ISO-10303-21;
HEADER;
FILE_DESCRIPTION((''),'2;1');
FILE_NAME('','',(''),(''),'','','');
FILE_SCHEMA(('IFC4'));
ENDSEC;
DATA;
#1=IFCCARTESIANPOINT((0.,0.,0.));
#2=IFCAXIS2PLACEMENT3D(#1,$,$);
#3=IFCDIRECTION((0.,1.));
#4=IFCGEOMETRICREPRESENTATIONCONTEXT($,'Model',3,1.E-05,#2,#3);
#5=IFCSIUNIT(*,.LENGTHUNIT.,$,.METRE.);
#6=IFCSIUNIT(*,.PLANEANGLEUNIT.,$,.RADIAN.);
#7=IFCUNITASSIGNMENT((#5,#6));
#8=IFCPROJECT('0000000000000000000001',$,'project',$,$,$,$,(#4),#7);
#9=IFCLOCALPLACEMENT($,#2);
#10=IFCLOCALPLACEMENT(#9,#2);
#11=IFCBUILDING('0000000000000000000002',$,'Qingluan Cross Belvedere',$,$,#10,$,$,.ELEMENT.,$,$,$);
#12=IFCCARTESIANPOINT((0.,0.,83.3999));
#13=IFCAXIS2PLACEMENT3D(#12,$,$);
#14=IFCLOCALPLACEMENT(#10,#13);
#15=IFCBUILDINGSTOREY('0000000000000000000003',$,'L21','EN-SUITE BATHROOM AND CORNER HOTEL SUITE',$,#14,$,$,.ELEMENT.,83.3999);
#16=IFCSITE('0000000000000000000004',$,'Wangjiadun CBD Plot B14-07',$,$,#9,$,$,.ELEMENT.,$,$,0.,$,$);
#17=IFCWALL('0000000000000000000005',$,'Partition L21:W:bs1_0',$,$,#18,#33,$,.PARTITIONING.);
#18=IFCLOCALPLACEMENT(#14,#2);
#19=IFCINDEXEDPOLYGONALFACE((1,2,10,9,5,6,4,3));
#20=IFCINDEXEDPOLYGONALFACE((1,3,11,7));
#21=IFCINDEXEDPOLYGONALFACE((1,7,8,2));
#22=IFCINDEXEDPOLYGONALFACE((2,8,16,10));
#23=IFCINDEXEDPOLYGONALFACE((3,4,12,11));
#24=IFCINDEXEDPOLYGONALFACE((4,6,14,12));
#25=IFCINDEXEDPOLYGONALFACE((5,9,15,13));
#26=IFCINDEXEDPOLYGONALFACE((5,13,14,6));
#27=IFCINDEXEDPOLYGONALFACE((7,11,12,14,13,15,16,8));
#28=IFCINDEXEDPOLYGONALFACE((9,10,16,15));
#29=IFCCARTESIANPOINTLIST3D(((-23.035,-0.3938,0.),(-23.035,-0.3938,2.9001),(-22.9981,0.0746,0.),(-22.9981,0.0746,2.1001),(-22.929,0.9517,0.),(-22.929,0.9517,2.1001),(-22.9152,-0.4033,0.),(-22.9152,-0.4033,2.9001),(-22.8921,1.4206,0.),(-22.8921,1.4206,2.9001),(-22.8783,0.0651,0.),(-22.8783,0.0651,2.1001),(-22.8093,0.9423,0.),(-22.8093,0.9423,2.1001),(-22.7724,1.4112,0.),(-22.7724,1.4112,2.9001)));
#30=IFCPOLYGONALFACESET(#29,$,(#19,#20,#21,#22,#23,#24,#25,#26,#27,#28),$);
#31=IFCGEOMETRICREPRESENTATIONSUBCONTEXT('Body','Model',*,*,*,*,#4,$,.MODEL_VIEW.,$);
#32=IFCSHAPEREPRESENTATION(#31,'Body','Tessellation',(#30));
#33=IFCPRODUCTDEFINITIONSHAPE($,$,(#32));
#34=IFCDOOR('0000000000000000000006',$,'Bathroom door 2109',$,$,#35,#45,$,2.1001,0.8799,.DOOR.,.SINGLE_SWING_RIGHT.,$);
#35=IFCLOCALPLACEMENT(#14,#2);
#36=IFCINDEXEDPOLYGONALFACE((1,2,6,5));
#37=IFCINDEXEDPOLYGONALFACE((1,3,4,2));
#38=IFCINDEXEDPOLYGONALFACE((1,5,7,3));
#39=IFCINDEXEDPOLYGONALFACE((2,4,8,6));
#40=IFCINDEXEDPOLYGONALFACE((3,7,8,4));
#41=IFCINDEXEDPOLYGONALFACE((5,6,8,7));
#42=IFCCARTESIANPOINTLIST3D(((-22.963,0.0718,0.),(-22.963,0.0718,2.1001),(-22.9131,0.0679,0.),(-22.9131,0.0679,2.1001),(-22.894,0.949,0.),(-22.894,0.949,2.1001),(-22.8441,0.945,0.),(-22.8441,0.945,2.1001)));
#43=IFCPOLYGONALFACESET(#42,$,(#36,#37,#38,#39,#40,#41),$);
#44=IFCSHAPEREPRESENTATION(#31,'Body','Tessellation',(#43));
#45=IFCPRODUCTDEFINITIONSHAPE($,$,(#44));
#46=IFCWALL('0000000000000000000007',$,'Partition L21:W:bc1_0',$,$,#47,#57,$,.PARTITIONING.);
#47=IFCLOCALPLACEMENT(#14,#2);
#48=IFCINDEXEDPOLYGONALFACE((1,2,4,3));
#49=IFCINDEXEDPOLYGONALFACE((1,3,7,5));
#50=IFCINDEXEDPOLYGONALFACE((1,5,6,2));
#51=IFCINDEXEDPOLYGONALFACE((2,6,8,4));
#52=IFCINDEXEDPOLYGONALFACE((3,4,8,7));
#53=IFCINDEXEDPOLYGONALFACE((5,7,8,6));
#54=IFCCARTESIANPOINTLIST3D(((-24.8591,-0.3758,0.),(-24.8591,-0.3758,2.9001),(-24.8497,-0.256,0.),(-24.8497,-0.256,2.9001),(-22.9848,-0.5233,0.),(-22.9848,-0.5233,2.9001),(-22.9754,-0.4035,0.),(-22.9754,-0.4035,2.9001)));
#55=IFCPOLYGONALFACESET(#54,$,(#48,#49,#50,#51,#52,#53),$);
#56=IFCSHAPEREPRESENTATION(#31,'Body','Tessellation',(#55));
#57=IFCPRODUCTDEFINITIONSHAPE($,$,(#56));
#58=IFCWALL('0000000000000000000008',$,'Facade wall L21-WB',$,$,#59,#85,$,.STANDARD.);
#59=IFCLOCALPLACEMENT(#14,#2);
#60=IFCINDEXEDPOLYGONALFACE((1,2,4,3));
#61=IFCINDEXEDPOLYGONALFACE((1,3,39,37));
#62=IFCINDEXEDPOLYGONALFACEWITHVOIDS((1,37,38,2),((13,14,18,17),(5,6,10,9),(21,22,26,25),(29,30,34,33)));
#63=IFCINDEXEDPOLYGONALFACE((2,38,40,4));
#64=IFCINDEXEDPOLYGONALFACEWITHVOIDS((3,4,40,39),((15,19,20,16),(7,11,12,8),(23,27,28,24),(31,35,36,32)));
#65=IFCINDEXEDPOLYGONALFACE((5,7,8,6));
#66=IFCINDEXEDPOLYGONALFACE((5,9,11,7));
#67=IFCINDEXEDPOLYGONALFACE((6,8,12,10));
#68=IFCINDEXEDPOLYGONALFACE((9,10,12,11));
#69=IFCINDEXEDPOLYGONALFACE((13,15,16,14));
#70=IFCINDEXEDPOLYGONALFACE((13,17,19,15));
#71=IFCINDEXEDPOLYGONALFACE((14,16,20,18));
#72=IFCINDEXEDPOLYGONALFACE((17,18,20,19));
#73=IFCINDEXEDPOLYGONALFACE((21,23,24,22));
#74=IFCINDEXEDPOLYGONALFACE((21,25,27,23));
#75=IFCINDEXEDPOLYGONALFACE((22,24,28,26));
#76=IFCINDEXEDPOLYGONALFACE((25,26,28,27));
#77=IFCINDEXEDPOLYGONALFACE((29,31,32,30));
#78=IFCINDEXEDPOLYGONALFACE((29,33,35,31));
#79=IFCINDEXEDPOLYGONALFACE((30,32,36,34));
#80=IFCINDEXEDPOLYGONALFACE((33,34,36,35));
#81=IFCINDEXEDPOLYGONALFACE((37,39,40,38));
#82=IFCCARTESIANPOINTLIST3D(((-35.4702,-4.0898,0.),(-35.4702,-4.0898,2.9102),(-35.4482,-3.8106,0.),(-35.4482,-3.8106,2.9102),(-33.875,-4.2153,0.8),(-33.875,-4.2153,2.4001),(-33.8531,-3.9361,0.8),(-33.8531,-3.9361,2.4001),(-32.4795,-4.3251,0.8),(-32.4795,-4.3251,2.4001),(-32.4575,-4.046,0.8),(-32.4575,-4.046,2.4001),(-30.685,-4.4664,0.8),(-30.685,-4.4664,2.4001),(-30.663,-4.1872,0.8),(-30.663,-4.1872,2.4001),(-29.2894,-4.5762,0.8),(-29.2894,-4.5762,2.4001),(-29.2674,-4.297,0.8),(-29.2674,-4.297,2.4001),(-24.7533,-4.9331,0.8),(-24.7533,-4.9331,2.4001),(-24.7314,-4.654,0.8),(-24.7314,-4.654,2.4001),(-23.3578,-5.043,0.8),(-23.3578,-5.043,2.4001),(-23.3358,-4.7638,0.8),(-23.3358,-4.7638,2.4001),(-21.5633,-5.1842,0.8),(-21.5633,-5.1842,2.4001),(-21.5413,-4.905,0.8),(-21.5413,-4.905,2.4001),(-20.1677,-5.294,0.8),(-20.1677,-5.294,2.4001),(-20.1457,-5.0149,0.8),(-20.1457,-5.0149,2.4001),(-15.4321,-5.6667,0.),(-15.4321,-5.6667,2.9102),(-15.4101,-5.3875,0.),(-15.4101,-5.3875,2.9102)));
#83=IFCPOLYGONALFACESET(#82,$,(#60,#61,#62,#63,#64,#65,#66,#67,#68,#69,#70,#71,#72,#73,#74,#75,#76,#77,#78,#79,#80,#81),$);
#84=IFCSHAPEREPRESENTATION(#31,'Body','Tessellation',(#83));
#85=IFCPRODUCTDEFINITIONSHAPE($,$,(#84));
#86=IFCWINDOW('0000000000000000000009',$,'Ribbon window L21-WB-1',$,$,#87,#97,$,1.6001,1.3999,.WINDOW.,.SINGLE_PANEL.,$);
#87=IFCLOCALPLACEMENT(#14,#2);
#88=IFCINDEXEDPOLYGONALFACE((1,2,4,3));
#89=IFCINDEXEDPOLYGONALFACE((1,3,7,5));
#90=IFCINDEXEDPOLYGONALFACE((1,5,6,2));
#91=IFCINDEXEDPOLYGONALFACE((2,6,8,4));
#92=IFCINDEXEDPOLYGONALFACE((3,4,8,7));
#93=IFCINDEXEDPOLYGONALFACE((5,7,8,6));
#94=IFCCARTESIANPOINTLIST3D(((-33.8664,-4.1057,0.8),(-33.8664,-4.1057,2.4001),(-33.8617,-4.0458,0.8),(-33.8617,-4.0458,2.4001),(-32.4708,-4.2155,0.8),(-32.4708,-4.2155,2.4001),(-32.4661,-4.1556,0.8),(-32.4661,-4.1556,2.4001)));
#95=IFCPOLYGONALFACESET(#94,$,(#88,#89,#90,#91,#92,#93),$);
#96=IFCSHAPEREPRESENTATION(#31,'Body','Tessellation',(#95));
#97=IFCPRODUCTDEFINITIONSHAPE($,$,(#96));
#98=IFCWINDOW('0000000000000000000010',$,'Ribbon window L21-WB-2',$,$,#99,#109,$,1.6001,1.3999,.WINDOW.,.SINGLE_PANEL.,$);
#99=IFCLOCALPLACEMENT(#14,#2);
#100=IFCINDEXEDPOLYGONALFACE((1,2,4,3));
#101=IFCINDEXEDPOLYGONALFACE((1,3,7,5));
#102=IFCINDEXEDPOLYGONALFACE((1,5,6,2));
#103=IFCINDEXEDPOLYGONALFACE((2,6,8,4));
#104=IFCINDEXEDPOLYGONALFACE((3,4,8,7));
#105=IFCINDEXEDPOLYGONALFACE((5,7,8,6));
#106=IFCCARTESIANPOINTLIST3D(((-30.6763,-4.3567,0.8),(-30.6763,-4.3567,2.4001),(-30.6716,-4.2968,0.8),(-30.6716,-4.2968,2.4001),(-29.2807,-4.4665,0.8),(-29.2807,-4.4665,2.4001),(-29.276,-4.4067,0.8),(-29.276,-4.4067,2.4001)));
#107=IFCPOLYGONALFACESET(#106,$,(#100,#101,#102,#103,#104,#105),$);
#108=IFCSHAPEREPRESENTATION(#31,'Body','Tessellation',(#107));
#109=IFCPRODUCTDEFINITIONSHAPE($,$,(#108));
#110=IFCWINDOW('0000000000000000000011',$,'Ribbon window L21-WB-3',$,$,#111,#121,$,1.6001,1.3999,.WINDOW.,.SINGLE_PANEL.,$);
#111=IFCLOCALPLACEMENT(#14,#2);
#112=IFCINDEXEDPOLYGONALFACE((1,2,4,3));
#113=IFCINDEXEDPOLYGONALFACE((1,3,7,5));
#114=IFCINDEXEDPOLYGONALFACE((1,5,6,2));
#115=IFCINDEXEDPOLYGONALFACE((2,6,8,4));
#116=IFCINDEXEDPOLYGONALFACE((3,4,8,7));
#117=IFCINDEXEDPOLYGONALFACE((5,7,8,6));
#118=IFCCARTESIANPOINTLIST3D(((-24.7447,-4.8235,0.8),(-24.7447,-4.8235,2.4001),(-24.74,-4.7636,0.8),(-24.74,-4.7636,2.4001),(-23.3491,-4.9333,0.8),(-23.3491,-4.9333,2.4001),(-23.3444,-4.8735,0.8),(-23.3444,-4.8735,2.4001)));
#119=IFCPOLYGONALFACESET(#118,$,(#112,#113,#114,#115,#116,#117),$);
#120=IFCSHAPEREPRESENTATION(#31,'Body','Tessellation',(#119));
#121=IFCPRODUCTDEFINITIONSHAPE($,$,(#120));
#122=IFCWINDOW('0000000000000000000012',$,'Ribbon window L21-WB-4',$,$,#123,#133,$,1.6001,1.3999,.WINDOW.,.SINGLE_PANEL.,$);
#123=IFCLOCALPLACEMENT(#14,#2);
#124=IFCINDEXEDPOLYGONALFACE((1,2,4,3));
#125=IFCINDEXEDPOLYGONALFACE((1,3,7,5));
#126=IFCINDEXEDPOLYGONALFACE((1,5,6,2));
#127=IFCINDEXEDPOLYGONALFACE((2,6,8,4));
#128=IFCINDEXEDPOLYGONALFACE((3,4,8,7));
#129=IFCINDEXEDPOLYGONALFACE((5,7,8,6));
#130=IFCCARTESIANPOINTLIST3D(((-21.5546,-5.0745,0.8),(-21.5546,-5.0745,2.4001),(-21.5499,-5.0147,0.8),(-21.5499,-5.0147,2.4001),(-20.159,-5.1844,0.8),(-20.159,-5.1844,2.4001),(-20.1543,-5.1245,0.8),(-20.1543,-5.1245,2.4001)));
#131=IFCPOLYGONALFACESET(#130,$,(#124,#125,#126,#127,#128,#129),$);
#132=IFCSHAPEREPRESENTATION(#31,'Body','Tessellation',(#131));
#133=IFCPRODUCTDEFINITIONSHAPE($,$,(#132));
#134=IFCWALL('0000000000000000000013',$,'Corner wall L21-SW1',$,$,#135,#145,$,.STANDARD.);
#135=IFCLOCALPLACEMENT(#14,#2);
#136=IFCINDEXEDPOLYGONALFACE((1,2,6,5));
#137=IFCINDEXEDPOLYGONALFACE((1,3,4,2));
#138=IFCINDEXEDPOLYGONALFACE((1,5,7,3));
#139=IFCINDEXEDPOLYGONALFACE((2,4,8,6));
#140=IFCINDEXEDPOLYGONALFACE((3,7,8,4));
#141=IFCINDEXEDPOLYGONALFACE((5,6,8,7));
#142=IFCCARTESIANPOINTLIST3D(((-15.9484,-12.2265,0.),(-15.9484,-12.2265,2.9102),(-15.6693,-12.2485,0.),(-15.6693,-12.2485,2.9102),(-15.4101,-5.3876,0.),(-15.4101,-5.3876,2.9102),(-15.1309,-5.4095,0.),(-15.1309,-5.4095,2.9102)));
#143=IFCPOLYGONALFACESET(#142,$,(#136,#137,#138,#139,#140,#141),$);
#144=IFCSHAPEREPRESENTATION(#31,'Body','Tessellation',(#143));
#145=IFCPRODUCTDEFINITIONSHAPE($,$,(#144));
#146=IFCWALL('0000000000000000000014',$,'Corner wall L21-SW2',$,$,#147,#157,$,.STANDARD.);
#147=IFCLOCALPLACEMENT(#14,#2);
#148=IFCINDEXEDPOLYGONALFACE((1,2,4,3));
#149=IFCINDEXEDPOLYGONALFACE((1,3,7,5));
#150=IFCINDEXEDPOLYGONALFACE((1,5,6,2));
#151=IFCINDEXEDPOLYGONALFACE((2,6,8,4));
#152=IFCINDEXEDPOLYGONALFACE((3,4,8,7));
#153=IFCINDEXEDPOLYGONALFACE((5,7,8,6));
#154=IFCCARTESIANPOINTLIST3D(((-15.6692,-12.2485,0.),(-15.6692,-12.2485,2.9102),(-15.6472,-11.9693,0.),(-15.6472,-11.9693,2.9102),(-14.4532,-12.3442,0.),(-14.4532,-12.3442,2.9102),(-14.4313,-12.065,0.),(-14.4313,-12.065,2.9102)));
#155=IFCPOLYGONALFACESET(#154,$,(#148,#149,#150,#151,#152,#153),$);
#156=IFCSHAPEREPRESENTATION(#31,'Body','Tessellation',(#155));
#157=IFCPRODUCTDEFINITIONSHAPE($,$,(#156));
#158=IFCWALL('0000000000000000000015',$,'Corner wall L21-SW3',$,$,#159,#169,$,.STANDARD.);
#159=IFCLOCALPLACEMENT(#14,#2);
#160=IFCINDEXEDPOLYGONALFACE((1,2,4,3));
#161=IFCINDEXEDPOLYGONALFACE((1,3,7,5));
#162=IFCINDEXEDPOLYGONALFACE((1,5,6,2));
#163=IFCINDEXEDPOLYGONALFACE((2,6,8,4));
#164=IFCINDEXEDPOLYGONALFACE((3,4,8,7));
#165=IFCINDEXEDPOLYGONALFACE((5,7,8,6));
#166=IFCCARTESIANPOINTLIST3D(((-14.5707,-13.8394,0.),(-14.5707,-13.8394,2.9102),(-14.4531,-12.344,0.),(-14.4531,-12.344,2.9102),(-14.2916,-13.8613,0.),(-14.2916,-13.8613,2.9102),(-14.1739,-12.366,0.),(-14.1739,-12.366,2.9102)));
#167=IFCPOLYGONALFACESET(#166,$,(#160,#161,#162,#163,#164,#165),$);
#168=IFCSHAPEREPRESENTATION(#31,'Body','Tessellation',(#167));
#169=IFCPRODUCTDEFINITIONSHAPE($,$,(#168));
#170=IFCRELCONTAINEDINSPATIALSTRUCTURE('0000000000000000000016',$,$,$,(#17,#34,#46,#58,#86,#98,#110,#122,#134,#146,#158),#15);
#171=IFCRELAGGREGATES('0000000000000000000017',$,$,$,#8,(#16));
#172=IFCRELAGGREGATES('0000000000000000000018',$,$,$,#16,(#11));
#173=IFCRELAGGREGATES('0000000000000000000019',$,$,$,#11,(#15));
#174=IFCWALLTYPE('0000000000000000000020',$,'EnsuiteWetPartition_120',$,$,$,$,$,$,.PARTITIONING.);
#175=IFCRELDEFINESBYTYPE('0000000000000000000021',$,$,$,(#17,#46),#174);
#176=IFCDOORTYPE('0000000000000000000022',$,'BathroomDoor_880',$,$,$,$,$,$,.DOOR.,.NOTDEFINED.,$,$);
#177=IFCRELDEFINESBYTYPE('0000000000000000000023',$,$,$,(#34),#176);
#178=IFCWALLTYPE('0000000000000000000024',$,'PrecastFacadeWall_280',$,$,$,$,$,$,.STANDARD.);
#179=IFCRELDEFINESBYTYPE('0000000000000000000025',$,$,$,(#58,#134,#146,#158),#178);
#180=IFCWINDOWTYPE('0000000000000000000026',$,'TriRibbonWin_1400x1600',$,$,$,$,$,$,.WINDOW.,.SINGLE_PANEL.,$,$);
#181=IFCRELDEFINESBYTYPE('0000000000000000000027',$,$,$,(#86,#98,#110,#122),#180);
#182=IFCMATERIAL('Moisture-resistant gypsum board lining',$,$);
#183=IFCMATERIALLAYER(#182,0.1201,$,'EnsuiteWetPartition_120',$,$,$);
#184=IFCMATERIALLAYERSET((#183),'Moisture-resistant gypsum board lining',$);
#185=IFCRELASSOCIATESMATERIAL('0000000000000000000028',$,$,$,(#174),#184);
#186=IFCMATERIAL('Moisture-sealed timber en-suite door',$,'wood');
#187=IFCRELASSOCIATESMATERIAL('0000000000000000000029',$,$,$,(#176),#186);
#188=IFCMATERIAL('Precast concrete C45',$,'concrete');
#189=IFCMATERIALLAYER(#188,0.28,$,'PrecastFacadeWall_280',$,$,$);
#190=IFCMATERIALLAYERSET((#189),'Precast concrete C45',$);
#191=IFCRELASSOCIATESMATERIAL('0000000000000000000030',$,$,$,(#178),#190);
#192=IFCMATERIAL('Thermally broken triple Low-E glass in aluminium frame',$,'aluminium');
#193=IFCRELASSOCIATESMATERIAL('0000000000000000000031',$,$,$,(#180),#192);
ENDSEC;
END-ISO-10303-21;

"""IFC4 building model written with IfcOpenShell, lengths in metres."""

from ifc_helpers import new_model, si_unit, direction, frame, frame_2d, origin, place, context, subcontext, project, spatial, rectangle, extrude, material, layer, layer_set, type_object, element, fill, save


model = new_model("IFC4")

# Units and contexts
model_context = context("Model", 3, precision=1e-05, world=origin(), true_north=direction((0.0, 1.0)))
body_context = subcontext(model_context, "Body", "Model", "MODEL_VIEW")
ifc_project = project(units=[si_unit("LENGTHUNIT", "METRE"), si_unit("PLANEANGLEUNIT", "RADIAN")], contexts=[model_context])

# Site, building, storey
site_placement = place(None, origin())
site = spatial("IfcSite", under=ifc_project, at=site_placement, Name="Wangjiadun CBD Plot B14-07", CompositionType="ELEMENT", RefElevation=0.0)
building_placement = place(site_placement, origin())
building = spatial("IfcBuilding", under=site, at=building_placement, Name="Qingluan Cross Belvedere", CompositionType="ELEMENT")
storey_placement = place(building_placement, frame((0.0, 0.0, 83.3999)))
storey = spatial("IfcBuildingStorey", under=building, at=storey_placement, Name="L21", Description="EN-SUITE BATHROOM AND CORNER HOTEL SUITE", CompositionType="ELEMENT", Elevation=83.3999)

# Wall, opening, door
ifc_material_1 = material(Name="Moisture-resistant gypsum board lining")
ifc_layer_1 = layer(ifc_material_1, 0.1201, Name="EnsuiteWetPartition_120")
ifc_layer_set_1 = layer_set([ifc_layer_1], Name="Moisture-resistant gypsum board lining")
wall_type_1 = type_object("IfcWallType", Name="EnsuiteWetPartition_120", PredefinedType="PARTITIONING", material=ifc_layer_set_1)
wall_1_placement = place(storey_placement, frame((-22.9751, -0.3987, 0.0), z_axis=(0.0, 0.0, 1.0), x_axis=(0.078471, 0.996916, 0.0)))
wall_1 = element("IfcWall", 1, at=wall_1_placement, inside=storey, type_object=wall_type_1, Name="Partition L21:W:bs1_0", PredefinedType="PARTITIONING", context=body_context, shape_type="SweptSolid", body=[
    extrude(rectangle(XDim=1.8201, YDim=0.1201, at=frame_2d((0.9102, 0.0))), origin(), (0.0, 0.0, 1.0), 2.9001),
])
opening_1_placement = place(wall_1_placement, frame((0.47, 0.0, 0.0)))
opening_1 = element("IfcOpeningElement", 2, at=opening_1_placement, cuts=wall_1, PredefinedType="OPENING", context=body_context, shape_type="SweptSolid", body=[
    extrude(rectangle(XDim=0.8799, YDim=2.1001, at=frame_2d((0.4399, 1.05))), frame((0.0, 0.0701, 0.0), z_axis=(0.0, -1.0, 0.0), x_axis=(1.0, 0.0, 0.0)), (0.0, 0.0, 1.0), 0.1401),
])
ifc_material_2 = material(Name="Moisture-sealed timber en-suite door", Category="wood")
door_type_1 = type_object("IfcDoorType", Name="BathroomDoor_880", OperationType="NOTDEFINED", PredefinedType="DOOR", material=ifc_material_2)
door_1_placement = place(opening_1_placement, origin())
door_1 = element("IfcDoor", 3, at=door_1_placement, inside=storey, type_object=door_type_1, Name="Bathroom door 2109", OperationType="SINGLE_SWING_RIGHT", OverallHeight=2.1001, OverallWidth=0.8799, PredefinedType="DOOR", context=body_context, shape_type="SweptSolid", body=[
    extrude(rectangle(XDim=0.8799, YDim=2.1001, at=frame_2d((0.4399, 1.05))), frame((0.0, 0.0249, 0.0), z_axis=(0.0, -1.0, 0.0), x_axis=(1.0, 0.0, 0.0)), (0.0, 0.0, 1.0), 0.05),
])
fill(opening_1, door_1)

# Wall
wall_2_placement = place(storey_placement, frame((-22.9802, -0.4634, 0.0), z_axis=(0.0, 0.0, 1.0), x_axis=(-0.996919, 0.078434, 0.0)))
element("IfcWall", 4, at=wall_2_placement, inside=storey, type_object=wall_type_1, Name="Partition L21:W:bc1_0", PredefinedType="PARTITIONING", context=body_context, shape_type="SweptSolid", body=[
    extrude(rectangle(XDim=1.8801, YDim=0.1201, at=frame_2d((0.9399, 0.0))), origin(), (0.0, 0.0, 1.0), 2.9001),
])

# Wall, openings, windows
ifc_material_3 = material(Name="Precast concrete C45", Category="concrete")
ifc_layer_2 = layer(ifc_material_3, 0.28, Name="PrecastFacadeWall_280")
ifc_layer_set_2 = layer_set([ifc_layer_2], Name="Precast concrete C45")
wall_type_2 = type_object("IfcWallType", Name="PrecastFacadeWall_280", PredefinedType="STANDARD", material=ifc_layer_set_2)
wall_3_placement = place(storey_placement, frame((-35.4592, -3.9502, 0.0), z_axis=(0.0, 0.0, 1.0), x_axis=(0.996918, -0.078453, 0.0)))
wall_3 = element("IfcWall", 5, at=wall_3_placement, inside=storey, type_object=wall_type_2, Name="Facade wall L21-WB", PredefinedType="STANDARD", context=body_context, shape_type="SweptSolid", body=[
    extrude(rectangle(XDim=20.1001, YDim=0.28, at=frame_2d((10.05, 0.0))), origin(), (0.0, 0.0, 1.0), 2.9102),
])
opening_2_placement = place(wall_3_placement, frame((1.6001, 0.0, 0.8)))
opening_2 = element("IfcOpeningElement", 6, at=opening_2_placement, cuts=wall_3, PredefinedType="OPENING", context=body_context, shape_type="SweptSolid", body=[
    extrude(rectangle(XDim=1.3999, YDim=1.6001, at=frame_2d((0.7, 0.8))), frame((0.0, 0.1499, 0.0), z_axis=(0.0, -1.0, 0.0), x_axis=(1.0, 0.0, 0.0)), (0.0, 0.0, 1.0), 0.3),
])
opening_3_placement = place(wall_3_placement, frame((4.8, 0.0, 0.8)))
opening_3 = element("IfcOpeningElement", 7, at=opening_3_placement, cuts=wall_3, PredefinedType="OPENING", context=body_context, shape_type="SweptSolid", body=[
    extrude(rectangle(XDim=1.3999, YDim=1.6001, at=frame_2d((0.7, 0.8))), frame((0.0, 0.1499, 0.0), z_axis=(0.0, -1.0, 0.0), x_axis=(1.0, 0.0, 0.0)), (0.0, 0.0, 1.0), 0.3),
])
opening_4_placement = place(wall_3_placement, frame((10.75, 0.0, 0.8)))
opening_4 = element("IfcOpeningElement", 8, at=opening_4_placement, cuts=wall_3, PredefinedType="OPENING", context=body_context, shape_type="SweptSolid", body=[
    extrude(rectangle(XDim=1.3999, YDim=1.6001, at=frame_2d((0.7, 0.8))), frame((0.0, 0.1499, 0.0), z_axis=(0.0, -1.0, 0.0), x_axis=(1.0, 0.0, 0.0)), (0.0, 0.0, 1.0), 0.3),
])
opening_5_placement = place(wall_3_placement, frame((13.95, 0.0, 0.8)))
opening_5 = element("IfcOpeningElement", 9, at=opening_5_placement, cuts=wall_3, PredefinedType="OPENING", context=body_context, shape_type="SweptSolid", body=[
    extrude(rectangle(XDim=1.3999, YDim=1.6001, at=frame_2d((0.7, 0.8))), frame((0.0, 0.1499, 0.0), z_axis=(0.0, -1.0, 0.0), x_axis=(1.0, 0.0, 0.0)), (0.0, 0.0, 1.0), 0.3),
])
ifc_material_4 = material(Name="Thermally broken triple Low-E glass in aluminium frame", Category="aluminium")
window_type = type_object("IfcWindowType", Name="TriRibbonWin_1400x1600", PartitioningType="SINGLE_PANEL", PredefinedType="WINDOW", material=ifc_material_4)
window_1_placement = place(opening_2_placement, origin())
window_1 = element("IfcWindow", 10, at=window_1_placement, inside=storey, type_object=window_type, Name="Ribbon window L21-WB-1", OverallHeight=1.6001, OverallWidth=1.3999, PartitioningType="SINGLE_PANEL", PredefinedType="WINDOW", context=body_context, shape_type="SweptSolid", body=[
    extrude(rectangle(XDim=1.3999, YDim=1.6001, at=frame_2d((0.7, 0.8))), frame((0.0, 0.03, 0.0), z_axis=(0.0, -1.0, 0.0), x_axis=(1.0, 0.0, 0.0)), (0.0, 0.0, 1.0), 0.0601),
])
fill(opening_2, window_1)
window_2_placement = place(opening_3_placement, origin())
window_2 = element("IfcWindow", 11, at=window_2_placement, inside=storey, type_object=window_type, Name="Ribbon window L21-WB-2", OverallHeight=1.6001, OverallWidth=1.3999, PartitioningType="SINGLE_PANEL", PredefinedType="WINDOW", context=body_context, shape_type="SweptSolid", body=[
    extrude(rectangle(XDim=1.3999, YDim=1.6001, at=frame_2d((0.7, 0.8))), frame((0.0, 0.03, 0.0), z_axis=(0.0, -1.0, 0.0), x_axis=(1.0, 0.0, 0.0)), (0.0, 0.0, 1.0), 0.0601),
])
fill(opening_3, window_2)
window_3_placement = place(opening_4_placement, origin())
window_3 = element("IfcWindow", 12, at=window_3_placement, inside=storey, type_object=window_type, Name="Ribbon window L21-WB-3", OverallHeight=1.6001, OverallWidth=1.3999, PartitioningType="SINGLE_PANEL", PredefinedType="WINDOW", context=body_context, shape_type="SweptSolid", body=[
    extrude(rectangle(XDim=1.3999, YDim=1.6001, at=frame_2d((0.7, 0.8))), frame((0.0, 0.03, 0.0), z_axis=(0.0, -1.0, 0.0), x_axis=(1.0, 0.0, 0.0)), (0.0, 0.0, 1.0), 0.0601),
])
fill(opening_4, window_3)
window_4_placement = place(opening_5_placement, origin())
window_4 = element("IfcWindow", 13, at=window_4_placement, inside=storey, type_object=window_type, Name="Ribbon window L21-WB-4", OverallHeight=1.6001, OverallWidth=1.3999, PartitioningType="SINGLE_PANEL", PredefinedType="WINDOW", context=body_context, shape_type="SweptSolid", body=[
    extrude(rectangle(XDim=1.3999, YDim=1.6001, at=frame_2d((0.7, 0.8))), frame((0.0, 0.03, 0.0), z_axis=(0.0, -1.0, 0.0), x_axis=(1.0, 0.0, 0.0)), (0.0, 0.0, 1.0), 0.0601),
])
fill(opening_5, window_4)

# Walls
wall_4_placement = place(storey_placement, frame((-15.2705, -5.3984, 0.0), z_axis=(0.0, 0.0, 1.0), x_axis=(-0.078474, -0.996916, 0.0)))
element("IfcWall", 14, at=wall_4_placement, inside=storey, type_object=wall_type_2, Name="Corner wall L21-SW1", PredefinedType="STANDARD", context=body_context, shape_type="SweptSolid", body=[
    extrude(rectangle(XDim=6.8601, YDim=0.28, at=frame_2d((3.4302, 0.0))), origin(), (0.0, 0.0, 1.0), 2.9102),
])
wall_5_placement = place(storey_placement, frame((-15.6582, -12.1089, 0.0), z_axis=(0.0, 0.0, 1.0), x_axis=(0.996918, -0.078456, 0.0)))
element("IfcWall", 15, at=wall_5_placement, inside=storey, type_object=wall_type_2, Name="Corner wall L21-SW2", PredefinedType="STANDARD", context=body_context, shape_type="SweptSolid", body=[
    extrude(rectangle(XDim=1.2197, YDim=0.28, at=frame_2d((0.6099, 0.0))), origin(), (0.0, 0.0, 1.0), 2.9102),
])
wall_6_placement = place(storey_placement, frame((-14.3135, -12.355, 0.0), z_axis=(0.0, 0.0, 1.0), x_axis=(-0.078451, -0.996918, 0.0)))
element("IfcWall", 16, at=wall_6_placement, inside=storey, type_object=wall_type_2, Name="Corner wall L21-SW3", PredefinedType="STANDARD", context=body_context, shape_type="SweptSolid", body=[
    extrude(rectangle(XDim=1.5, YDim=0.28, at=frame_2d((0.75, 0.0))), origin(), (0.0, 0.0, 1.0), 2.9102),
])

save(model, "model.ifc")
